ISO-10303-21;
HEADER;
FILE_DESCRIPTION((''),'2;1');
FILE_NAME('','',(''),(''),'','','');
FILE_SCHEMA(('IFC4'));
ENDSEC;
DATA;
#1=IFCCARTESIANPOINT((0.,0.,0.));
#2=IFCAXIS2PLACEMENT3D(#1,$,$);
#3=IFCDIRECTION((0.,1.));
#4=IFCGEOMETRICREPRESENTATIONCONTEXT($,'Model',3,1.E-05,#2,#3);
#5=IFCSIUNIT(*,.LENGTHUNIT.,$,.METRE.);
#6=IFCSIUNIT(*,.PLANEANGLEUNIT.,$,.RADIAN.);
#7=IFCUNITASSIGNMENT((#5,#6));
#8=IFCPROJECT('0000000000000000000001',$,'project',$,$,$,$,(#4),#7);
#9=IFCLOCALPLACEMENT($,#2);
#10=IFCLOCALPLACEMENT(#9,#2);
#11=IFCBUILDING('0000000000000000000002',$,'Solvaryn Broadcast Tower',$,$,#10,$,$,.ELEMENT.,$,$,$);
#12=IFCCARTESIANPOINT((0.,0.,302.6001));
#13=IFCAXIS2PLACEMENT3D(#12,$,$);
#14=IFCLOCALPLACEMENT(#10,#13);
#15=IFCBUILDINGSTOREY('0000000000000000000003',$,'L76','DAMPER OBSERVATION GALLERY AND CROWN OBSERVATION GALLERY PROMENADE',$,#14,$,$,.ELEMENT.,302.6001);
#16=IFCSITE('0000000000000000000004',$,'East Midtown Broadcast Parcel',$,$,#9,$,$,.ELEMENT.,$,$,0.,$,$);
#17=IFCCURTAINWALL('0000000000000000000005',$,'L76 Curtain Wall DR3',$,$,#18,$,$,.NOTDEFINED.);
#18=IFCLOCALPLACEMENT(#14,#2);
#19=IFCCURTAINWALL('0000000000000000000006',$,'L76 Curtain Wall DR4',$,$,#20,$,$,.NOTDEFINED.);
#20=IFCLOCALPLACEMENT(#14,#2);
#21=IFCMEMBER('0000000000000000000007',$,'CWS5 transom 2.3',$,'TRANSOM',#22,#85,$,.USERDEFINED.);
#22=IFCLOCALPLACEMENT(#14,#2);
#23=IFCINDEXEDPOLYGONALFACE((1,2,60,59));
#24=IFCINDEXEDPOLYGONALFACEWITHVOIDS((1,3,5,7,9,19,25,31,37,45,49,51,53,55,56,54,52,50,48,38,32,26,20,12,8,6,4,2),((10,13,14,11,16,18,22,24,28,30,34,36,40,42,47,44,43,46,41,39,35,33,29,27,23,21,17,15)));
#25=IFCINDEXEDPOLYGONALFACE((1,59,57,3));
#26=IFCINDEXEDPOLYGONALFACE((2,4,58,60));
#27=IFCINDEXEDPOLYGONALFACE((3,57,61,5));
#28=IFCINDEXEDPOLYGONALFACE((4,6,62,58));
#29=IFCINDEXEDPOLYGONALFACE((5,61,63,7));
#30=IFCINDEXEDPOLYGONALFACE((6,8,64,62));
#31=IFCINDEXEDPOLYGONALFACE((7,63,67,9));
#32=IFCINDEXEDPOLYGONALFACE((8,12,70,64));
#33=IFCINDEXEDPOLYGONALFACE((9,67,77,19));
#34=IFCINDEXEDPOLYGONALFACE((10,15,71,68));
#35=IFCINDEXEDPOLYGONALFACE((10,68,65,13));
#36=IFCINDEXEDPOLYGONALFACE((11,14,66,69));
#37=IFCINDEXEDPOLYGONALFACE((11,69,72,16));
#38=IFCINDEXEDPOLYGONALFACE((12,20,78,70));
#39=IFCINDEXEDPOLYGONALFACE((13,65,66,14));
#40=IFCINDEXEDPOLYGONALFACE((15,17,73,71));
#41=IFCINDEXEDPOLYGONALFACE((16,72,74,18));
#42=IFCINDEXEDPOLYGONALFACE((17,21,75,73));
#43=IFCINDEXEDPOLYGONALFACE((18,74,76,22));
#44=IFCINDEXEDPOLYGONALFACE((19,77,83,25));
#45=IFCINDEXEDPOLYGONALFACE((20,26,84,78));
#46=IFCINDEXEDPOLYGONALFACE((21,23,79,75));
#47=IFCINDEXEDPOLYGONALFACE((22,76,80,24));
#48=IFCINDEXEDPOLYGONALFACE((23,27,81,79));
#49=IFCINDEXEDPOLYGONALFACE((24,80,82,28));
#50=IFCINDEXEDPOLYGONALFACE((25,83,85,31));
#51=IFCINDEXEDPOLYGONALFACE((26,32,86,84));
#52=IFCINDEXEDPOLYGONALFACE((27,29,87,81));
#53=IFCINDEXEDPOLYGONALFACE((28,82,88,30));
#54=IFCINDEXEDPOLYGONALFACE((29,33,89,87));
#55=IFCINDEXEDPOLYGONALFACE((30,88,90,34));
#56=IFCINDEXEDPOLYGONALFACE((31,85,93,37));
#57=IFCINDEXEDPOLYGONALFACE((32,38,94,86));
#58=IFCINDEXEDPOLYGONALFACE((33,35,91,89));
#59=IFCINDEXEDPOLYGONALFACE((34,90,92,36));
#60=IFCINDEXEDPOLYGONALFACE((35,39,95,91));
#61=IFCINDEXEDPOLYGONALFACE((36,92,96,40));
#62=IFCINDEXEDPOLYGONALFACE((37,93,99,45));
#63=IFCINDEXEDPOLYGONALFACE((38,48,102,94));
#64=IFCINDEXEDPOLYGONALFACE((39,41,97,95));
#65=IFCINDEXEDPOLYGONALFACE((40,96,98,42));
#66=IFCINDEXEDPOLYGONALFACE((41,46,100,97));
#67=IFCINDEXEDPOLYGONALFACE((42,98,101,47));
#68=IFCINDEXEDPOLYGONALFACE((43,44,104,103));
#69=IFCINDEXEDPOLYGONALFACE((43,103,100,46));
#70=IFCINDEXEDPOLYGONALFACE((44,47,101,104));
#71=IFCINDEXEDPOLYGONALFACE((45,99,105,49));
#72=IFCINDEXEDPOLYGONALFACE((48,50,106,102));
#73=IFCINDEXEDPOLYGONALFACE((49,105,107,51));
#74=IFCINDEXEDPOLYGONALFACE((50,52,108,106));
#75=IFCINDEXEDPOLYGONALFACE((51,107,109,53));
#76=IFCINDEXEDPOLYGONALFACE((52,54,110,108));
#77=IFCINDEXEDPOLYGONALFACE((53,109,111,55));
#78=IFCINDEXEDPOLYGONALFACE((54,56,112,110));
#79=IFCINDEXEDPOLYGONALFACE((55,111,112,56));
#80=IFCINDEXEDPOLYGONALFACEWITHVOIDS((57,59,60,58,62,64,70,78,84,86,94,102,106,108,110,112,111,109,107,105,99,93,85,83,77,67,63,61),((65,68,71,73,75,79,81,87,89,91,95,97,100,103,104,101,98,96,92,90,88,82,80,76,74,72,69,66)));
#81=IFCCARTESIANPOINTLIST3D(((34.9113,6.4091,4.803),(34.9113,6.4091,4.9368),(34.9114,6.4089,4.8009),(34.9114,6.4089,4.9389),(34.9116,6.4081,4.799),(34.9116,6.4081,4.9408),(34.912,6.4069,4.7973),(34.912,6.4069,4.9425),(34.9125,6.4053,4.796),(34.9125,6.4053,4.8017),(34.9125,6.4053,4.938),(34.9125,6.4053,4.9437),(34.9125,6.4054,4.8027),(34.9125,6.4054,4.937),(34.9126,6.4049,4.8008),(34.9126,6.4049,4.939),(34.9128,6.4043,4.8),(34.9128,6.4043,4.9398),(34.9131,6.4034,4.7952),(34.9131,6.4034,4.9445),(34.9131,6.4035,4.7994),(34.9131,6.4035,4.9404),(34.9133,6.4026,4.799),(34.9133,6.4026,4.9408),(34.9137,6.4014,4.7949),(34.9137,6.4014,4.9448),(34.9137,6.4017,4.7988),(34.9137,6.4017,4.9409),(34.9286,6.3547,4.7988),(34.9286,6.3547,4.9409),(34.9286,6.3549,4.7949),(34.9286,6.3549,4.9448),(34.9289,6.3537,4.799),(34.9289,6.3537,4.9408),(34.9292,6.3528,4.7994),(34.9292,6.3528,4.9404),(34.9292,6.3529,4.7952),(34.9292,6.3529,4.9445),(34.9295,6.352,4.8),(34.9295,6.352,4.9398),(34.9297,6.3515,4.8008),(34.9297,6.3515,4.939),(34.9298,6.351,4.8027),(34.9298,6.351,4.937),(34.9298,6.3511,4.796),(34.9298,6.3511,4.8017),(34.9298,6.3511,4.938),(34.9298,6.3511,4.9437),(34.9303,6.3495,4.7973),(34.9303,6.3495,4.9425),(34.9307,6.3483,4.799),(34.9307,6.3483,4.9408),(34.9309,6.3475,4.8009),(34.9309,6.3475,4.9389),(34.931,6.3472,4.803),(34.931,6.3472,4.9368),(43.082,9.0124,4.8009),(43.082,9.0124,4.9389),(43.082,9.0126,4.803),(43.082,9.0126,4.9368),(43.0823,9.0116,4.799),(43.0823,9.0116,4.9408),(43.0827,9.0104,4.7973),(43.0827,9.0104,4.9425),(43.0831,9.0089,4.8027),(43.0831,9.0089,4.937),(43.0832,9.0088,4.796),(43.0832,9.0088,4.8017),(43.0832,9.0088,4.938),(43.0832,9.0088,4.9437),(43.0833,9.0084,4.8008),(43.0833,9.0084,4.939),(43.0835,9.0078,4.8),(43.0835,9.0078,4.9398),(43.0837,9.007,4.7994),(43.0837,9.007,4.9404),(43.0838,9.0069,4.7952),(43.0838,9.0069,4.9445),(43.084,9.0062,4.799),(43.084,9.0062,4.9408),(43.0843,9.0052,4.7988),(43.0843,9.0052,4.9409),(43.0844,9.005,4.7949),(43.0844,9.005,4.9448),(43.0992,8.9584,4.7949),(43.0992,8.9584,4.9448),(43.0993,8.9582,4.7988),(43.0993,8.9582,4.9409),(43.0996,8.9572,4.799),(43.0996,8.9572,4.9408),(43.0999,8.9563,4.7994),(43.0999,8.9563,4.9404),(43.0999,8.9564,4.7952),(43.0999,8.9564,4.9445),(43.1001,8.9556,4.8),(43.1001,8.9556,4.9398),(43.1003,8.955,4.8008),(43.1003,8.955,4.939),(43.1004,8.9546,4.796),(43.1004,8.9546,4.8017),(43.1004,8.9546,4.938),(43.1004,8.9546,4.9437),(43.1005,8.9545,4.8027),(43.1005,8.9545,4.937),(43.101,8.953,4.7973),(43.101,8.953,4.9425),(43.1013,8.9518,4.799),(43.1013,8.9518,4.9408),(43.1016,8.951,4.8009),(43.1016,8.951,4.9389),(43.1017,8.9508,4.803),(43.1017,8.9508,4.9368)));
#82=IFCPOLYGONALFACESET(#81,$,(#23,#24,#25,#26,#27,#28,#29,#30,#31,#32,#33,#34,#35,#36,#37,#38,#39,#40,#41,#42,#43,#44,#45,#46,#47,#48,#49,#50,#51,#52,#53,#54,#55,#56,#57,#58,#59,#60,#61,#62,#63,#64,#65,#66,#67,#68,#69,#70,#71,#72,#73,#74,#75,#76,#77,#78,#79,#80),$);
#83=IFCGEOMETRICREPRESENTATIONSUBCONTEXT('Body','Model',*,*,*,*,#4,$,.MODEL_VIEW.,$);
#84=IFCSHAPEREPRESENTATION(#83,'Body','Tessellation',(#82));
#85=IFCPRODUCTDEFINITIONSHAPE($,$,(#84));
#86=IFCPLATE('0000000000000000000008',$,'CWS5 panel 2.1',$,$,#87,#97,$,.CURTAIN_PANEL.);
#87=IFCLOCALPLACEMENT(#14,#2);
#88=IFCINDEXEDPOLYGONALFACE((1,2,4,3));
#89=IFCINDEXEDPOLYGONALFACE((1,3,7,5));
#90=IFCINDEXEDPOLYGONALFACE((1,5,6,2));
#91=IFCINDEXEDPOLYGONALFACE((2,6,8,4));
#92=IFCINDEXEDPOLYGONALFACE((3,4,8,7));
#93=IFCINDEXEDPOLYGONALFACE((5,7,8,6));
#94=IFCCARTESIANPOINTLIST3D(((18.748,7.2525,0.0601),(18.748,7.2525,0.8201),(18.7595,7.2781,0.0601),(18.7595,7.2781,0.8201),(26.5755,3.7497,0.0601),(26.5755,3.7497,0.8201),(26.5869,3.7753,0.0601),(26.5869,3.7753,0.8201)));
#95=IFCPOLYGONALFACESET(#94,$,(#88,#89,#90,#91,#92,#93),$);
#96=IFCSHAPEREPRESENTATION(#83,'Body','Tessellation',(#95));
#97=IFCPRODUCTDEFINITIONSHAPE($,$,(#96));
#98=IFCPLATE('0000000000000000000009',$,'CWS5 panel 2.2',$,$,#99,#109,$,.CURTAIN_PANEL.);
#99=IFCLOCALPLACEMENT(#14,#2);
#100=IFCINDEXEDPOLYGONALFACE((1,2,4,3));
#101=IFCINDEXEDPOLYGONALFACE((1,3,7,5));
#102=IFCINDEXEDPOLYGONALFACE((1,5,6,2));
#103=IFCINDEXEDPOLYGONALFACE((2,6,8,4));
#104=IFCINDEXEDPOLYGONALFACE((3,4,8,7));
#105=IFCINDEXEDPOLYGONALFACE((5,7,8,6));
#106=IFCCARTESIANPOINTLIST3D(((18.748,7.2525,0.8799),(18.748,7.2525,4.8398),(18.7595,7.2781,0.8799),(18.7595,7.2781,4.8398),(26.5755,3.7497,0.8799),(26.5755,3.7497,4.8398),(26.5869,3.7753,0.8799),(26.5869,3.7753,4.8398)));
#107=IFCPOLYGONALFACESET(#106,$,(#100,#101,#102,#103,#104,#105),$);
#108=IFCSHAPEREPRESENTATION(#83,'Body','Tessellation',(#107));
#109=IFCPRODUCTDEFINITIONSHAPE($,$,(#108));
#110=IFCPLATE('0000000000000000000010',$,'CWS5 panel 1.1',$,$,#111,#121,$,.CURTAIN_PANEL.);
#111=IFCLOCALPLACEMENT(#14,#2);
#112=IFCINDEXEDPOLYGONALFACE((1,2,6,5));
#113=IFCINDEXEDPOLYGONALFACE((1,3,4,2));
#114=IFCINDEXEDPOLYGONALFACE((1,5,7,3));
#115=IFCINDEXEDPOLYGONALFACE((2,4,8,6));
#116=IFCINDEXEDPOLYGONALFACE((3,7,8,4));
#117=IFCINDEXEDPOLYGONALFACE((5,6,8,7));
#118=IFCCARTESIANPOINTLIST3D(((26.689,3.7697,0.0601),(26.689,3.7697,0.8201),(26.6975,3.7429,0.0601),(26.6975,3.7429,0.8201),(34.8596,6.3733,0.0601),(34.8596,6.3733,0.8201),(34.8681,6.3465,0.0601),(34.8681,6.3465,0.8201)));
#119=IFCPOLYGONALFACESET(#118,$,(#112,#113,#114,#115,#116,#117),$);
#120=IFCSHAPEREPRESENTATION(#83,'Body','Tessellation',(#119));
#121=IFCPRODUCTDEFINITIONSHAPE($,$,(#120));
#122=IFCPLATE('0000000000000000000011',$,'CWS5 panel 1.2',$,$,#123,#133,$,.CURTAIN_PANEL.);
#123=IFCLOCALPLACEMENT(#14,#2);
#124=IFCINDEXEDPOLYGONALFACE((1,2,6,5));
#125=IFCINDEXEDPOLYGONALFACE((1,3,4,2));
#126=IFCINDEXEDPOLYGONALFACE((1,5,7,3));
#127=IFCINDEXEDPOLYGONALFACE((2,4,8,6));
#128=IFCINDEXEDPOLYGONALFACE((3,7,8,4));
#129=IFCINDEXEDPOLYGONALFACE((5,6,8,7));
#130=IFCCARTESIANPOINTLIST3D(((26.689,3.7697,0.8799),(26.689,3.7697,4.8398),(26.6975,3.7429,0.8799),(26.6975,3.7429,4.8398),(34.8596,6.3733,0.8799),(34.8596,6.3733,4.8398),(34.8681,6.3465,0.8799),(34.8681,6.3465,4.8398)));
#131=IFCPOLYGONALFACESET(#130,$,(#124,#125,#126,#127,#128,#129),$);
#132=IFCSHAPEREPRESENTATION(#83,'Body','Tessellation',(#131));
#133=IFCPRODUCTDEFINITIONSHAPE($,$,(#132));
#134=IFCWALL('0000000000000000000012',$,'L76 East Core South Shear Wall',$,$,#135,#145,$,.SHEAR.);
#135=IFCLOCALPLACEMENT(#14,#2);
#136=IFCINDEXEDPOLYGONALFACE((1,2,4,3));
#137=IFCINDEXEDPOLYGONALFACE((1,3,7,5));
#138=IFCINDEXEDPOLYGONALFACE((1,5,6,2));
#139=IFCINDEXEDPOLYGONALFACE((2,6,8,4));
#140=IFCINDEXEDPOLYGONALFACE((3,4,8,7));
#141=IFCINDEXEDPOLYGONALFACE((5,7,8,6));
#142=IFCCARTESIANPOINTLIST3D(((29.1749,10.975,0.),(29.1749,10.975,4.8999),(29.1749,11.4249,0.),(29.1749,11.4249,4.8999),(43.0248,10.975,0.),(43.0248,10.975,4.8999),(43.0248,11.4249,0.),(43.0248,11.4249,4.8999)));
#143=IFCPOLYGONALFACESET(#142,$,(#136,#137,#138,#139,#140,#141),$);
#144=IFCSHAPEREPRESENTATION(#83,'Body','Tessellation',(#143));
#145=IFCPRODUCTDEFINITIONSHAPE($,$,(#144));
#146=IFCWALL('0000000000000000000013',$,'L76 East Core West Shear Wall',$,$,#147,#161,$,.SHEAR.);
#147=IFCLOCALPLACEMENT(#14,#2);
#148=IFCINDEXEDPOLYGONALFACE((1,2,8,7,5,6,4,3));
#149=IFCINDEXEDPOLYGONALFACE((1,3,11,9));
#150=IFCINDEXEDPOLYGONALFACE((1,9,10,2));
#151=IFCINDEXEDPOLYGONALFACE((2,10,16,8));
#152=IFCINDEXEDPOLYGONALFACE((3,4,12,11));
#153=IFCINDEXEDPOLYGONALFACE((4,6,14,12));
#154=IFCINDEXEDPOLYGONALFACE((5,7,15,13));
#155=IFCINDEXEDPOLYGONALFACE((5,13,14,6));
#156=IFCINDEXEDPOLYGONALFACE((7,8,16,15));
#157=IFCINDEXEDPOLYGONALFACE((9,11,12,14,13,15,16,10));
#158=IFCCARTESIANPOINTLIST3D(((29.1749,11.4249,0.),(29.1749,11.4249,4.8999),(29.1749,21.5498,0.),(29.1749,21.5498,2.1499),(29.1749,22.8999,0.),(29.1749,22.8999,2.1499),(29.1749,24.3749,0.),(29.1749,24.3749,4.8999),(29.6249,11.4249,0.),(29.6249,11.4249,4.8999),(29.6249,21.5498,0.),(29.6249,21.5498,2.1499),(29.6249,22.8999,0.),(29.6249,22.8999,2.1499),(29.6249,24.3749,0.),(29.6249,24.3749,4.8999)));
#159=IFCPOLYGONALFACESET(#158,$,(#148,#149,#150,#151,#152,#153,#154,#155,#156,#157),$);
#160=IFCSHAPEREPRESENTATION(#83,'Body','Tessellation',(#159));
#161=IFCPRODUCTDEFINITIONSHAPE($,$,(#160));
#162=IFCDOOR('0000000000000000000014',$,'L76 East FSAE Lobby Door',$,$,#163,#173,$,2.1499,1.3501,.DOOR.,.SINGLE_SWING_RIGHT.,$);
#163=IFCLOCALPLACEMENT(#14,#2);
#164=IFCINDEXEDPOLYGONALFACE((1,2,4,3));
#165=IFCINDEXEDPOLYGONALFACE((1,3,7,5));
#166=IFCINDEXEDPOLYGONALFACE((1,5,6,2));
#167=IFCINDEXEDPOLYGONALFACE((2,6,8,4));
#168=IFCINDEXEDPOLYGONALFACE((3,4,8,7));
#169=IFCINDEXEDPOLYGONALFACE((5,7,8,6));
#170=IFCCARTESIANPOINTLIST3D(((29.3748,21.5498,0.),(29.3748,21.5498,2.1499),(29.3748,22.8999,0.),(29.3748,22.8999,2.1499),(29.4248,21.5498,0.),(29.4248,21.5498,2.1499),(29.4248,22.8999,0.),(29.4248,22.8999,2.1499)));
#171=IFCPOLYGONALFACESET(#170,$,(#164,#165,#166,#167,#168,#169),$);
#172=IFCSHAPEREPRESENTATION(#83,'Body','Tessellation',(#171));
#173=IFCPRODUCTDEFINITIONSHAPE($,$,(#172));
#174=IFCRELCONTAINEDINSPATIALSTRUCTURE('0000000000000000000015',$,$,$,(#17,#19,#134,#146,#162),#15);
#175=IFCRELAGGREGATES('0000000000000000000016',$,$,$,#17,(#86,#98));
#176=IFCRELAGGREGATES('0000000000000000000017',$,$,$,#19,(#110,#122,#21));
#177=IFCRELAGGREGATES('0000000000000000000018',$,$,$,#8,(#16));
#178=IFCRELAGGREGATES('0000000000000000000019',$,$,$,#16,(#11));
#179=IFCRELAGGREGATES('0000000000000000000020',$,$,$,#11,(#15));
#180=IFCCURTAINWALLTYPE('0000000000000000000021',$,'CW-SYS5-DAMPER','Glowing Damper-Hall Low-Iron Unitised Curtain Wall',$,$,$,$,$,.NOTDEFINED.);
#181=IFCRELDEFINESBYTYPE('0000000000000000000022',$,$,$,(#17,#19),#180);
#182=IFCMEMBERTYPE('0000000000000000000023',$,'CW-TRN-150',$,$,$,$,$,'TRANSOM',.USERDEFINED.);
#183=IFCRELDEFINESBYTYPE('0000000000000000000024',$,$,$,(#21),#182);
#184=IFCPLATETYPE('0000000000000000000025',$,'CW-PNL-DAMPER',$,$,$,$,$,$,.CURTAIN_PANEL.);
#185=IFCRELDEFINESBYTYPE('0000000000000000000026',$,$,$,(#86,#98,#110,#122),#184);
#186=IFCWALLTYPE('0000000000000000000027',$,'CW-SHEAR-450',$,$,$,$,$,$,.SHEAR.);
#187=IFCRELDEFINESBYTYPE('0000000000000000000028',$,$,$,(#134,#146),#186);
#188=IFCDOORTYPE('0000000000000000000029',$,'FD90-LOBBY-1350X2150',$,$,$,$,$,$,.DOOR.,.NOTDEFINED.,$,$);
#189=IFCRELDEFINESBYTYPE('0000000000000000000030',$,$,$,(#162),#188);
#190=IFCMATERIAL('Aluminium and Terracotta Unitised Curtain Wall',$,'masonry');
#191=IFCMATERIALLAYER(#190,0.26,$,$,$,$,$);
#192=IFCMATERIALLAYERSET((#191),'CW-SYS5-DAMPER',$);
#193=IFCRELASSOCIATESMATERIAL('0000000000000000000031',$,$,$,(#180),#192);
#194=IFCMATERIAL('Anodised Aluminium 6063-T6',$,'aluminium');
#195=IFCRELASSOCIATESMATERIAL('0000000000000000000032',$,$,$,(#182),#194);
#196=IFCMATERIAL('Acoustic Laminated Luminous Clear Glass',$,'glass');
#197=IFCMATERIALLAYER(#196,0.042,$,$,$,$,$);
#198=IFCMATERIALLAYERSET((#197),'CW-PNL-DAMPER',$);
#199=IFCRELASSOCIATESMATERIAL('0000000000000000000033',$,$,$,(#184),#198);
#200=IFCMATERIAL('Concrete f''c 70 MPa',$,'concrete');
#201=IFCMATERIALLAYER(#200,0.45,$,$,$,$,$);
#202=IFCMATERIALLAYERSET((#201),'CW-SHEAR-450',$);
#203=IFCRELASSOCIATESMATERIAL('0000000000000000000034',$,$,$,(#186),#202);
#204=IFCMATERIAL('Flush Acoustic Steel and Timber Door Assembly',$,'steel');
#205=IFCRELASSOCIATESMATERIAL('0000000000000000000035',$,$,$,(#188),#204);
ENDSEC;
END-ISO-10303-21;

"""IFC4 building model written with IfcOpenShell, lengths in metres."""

from ifc_helpers import new_model, si_unit, direction, frame, frame_2d, origin, origin_2d, place, context, subcontext, project, spatial, rectangle, hollow_rectangle, extrude, material, layer, layer_set, material_profile, profile_set, type_object, element, fill, aggregate, save


model = new_model("IFC4")

# Units and contexts
model_context = context("Model", 3, precision=1e-05, world=origin(), true_north=direction((0.0, 1.0)))
body_context = subcontext(model_context, "Body", "Model", "MODEL_VIEW")
ifc_project = project(units=[si_unit("LENGTHUNIT", "METRE"), si_unit("PLANEANGLEUNIT", "RADIAN")], contexts=[model_context])

# Site, building, storey
site_placement = place(None, origin())
site = spatial("IfcSite", under=ifc_project, at=site_placement, Name="East Midtown Broadcast Parcel", CompositionType="ELEMENT", RefElevation=0.0)
building_placement = place(site_placement, origin())
building = spatial("IfcBuilding", under=site, at=building_placement, Name="Solvaryn Broadcast Tower", CompositionType="ELEMENT")
storey_placement = place(building_placement, frame((0.0, 0.0, 302.6001)))
storey = spatial("IfcBuildingStorey", under=building, at=storey_placement, Name="L76", Description="DAMPER OBSERVATION GALLERY AND CROWN OBSERVATION GALLERY PROMENADE", CompositionType="ELEMENT", Elevation=302.6001)

# Curtain wall
ifc_material_1 = material(Name="Aluminium and Terracotta Unitised Curtain Wall", Category="masonry")
ifc_layer_1 = layer(ifc_material_1, 0.26)
ifc_layer_set_1 = layer_set([ifc_layer_1], Name="CW-SYS5-DAMPER")
curtain_wall_type = type_object("IfcCurtainWallType", Name="CW-SYS5-DAMPER", Description="Glowing Damper-Hall Low-Iron Unitised Curtain Wall", PredefinedType="NOTDEFINED", material=ifc_layer_set_1)
curtain_wall_1_placement = place(storey_placement, origin())
curtain_wall_1 = element("IfcCurtainWall", 1, at=curtain_wall_1_placement, inside=storey, type_object=curtain_wall_type, Name="L76 Curtain Wall DR3", PredefinedType="NOTDEFINED")

# Curtain wall, member
curtain_wall_2_placement = place(storey_placement, origin())
curtain_wall_2 = element("IfcCurtainWall", 2, at=curtain_wall_2_placement, inside=storey, type_object=curtain_wall_type, Name="L76 Curtain Wall DR4", PredefinedType="NOTDEFINED")
ifc_material_2 = material(Name="Anodised Aluminium 6063-T6", Category="aluminium")
ifc_material_profile_1 = material_profile(ifc_material_2, hollow_rectangle(XDim=0.0649, YDim=0.1499, WallThickness=0.0039, InnerFilletRadius=0.0039, OuterFilletRadius=0.0081, at=origin_2d()))
ifc_profile_set_1 = profile_set([ifc_material_profile_1], Name="Anodised Aluminium 6063-T6")
member_type_1 = type_object("IfcMemberType", Name="CW-TRN-150", ElementType="TRANSOM", PredefinedType="USERDEFINED", material=ifc_profile_set_1)
member_1_placement = place(storey_placement, frame((34.9211, 6.3782, 4.8699), z_axis=(0.952799, 0.303602, 0.0), x_axis=(-0.303602, 0.952799, 0.0)))
member_1 = element("IfcMember", 3, at=member_1_placement, type_object=member_type_1, Name="CWS5 transom 2.3", ObjectType="TRANSOM", PredefinedType="USERDEFINED", context=body_context, shape_type="SweptSolid", body=[
    extrude(hollow_rectangle(XDim=0.0649, YDim=0.1499, WallThickness=0.0039, InnerFilletRadius=0.0039, OuterFilletRadius=0.0081, at=origin_2d()), origin(), (0.0, 0.0, 1.0), 8.5754),
])

# Plates
ifc_material_3 = material(Name="Acoustic Laminated Luminous Clear Glass", Category="glass")
ifc_layer_2 = layer(ifc_material_3, 0.042)
ifc_layer_set_2 = layer_set([ifc_layer_2], Name="CW-PNL-DAMPER")
plate_type = type_object("IfcPlateType", Name="CW-PNL-DAMPER", PredefinedType="CURTAIN_PANEL", material=ifc_layer_set_2)
plate_1_placement = place(storey_placement, frame((22.6675, 5.5139, 0.0601), z_axis=(0.0, 0.0, 1.0), x_axis=(0.912774, -0.408466, 0.0)))
plate_1 = element("IfcPlate", 4, at=plate_1_placement, type_object=plate_type, Name="CWS5 panel 2.1", PredefinedType="CURTAIN_PANEL", context=body_context, shape_type="SweptSolid", body=[
    extrude(rectangle(XDim=8.5754, YDim=0.0281, at=origin_2d()), origin(), (0.0, 0.0, 1.0), 0.76),
])
plate_2_placement = place(storey_placement, frame((22.6675, 5.5139, 0.8799), z_axis=(0.0, 0.0, 1.0), x_axis=(0.912774, -0.408466, 0.0)))
plate_2 = element("IfcPlate", 5, at=plate_2_placement, type_object=plate_type, Name="CWS5 panel 2.2", PredefinedType="CURTAIN_PANEL", context=body_context, shape_type="SweptSolid", body=[
    extrude(rectangle(XDim=8.5754, YDim=0.0281, at=origin_2d()), origin(), (0.0, 0.0, 1.0), 3.96),
])
aggregate(curtain_wall_1, [plate_1, plate_2])
plate_3_placement = place(storey_placement, frame((30.7786, 5.0581, 0.0601), z_axis=(0.0, 0.0, 1.0), x_axis=(0.952795, 0.303616, 0.0)))
plate_3 = element("IfcPlate", 6, at=plate_3_placement, type_object=plate_type, Name="CWS5 panel 1.1", PredefinedType="CURTAIN_PANEL", context=body_context, shape_type="SweptSolid", body=[
    extrude(rectangle(XDim=8.5754, YDim=0.0281, at=origin_2d()), origin(), (0.0, 0.0, 1.0), 0.76),
])
plate_4_placement = place(storey_placement, frame((30.7786, 5.0581, 0.8799), z_axis=(0.0, 0.0, 1.0), x_axis=(0.952795, 0.303616, 0.0)))
plate_4 = element("IfcPlate", 7, at=plate_4_placement, type_object=plate_type, Name="CWS5 panel 1.2", PredefinedType="CURTAIN_PANEL", context=body_context, shape_type="SweptSolid", body=[
    extrude(rectangle(XDim=8.5754, YDim=0.0281, at=origin_2d()), origin(), (0.0, 0.0, 1.0), 3.96),
])
aggregate(curtain_wall_2, [plate_3, plate_4, member_1])

# Wall
ifc_material_4 = material(Name="Concrete f'c 70 MPa", Category="concrete")
ifc_layer_3 = layer(ifc_material_4, 0.45)
ifc_layer_set_3 = layer_set([ifc_layer_3], Name="CW-SHEAR-450")
wall_type_1 = type_object("IfcWallType", Name="CW-SHEAR-450", PredefinedType="SHEAR", material=ifc_layer_set_3)
wall_1_placement = place(storey_placement, frame((29.175, 11.2, 0.0), z_axis=(0.0, 0.0, 1.0), x_axis=(1.0, 0.0, 0.0)))
element("IfcWall", 8, at=wall_1_placement, inside=storey, type_object=wall_type_1, Name="L76 East Core South Shear Wall", PredefinedType="SHEAR", context=body_context, shape_type="SweptSolid", body=[
    extrude(rectangle(XDim=13.8499, YDim=0.45, at=frame_2d((6.9248, 0.0))), origin(), (0.0, 0.0, 1.0), 4.8999),
])

# Wall, opening, door
wall_2_placement = place(storey_placement, frame((29.3999, 24.375, 0.0), z_axis=(0.0, 0.0, 1.0), x_axis=(0.0, -1.0, 0.0)))
wall_2 = element("IfcWall", 9, at=wall_2_placement, inside=storey, type_object=wall_type_1, Name="L76 East Core West Shear Wall", PredefinedType="SHEAR", context=body_context, shape_type="SweptSolid", body=[
    extrude(rectangle(XDim=12.95, YDim=0.45, at=frame_2d((6.4751, 0.0))), origin(), (0.0, 0.0, 1.0), 4.8999),
])
opening_1_placement = place(wall_2_placement, frame((1.4751, 0.0, 0.0)))
opening_1 = element("IfcOpeningElement", 10, at=opening_1_placement, cuts=wall_2, PredefinedType="OPENING", context=body_context, shape_type="SweptSolid", body=[
    extrude(rectangle(XDim=1.3501, YDim=2.1499, at=frame_2d((0.675, 1.075))), frame((0.0, 0.2351, 0.0), z_axis=(0.0, -1.0, 0.0), x_axis=(1.0, 0.0, 0.0)), (0.0, 0.0, 1.0), 0.47),
])
ifc_material_5 = material(Name="Flush Acoustic Steel and Timber Door Assembly", Category="steel")
door_type_1 = type_object("IfcDoorType", Name="FD90-LOBBY-1350X2150", OperationType="NOTDEFINED", PredefinedType="DOOR", material=ifc_material_5)
door_1_placement = place(opening_1_placement, origin())
door_1 = element("IfcDoor", 11, at=door_1_placement, inside=storey, type_object=door_type_1, Name="L76 East FSAE Lobby Door", OperationType="SINGLE_SWING_RIGHT", OverallHeight=2.1499, OverallWidth=1.3501, PredefinedType="DOOR", context=body_context, shape_type="SweptSolid", body=[
    extrude(rectangle(XDim=1.3501, YDim=2.1499, at=frame_2d((0.675, 1.075))), frame((0.0, 0.0249, 0.0), z_axis=(0.0, -1.0, 0.0), x_axis=(1.0, 0.0, 0.0)), (0.0, 0.0, 1.0), 0.05),
])
fill(opening_1, door_1)

save(model, "model.ifc")
